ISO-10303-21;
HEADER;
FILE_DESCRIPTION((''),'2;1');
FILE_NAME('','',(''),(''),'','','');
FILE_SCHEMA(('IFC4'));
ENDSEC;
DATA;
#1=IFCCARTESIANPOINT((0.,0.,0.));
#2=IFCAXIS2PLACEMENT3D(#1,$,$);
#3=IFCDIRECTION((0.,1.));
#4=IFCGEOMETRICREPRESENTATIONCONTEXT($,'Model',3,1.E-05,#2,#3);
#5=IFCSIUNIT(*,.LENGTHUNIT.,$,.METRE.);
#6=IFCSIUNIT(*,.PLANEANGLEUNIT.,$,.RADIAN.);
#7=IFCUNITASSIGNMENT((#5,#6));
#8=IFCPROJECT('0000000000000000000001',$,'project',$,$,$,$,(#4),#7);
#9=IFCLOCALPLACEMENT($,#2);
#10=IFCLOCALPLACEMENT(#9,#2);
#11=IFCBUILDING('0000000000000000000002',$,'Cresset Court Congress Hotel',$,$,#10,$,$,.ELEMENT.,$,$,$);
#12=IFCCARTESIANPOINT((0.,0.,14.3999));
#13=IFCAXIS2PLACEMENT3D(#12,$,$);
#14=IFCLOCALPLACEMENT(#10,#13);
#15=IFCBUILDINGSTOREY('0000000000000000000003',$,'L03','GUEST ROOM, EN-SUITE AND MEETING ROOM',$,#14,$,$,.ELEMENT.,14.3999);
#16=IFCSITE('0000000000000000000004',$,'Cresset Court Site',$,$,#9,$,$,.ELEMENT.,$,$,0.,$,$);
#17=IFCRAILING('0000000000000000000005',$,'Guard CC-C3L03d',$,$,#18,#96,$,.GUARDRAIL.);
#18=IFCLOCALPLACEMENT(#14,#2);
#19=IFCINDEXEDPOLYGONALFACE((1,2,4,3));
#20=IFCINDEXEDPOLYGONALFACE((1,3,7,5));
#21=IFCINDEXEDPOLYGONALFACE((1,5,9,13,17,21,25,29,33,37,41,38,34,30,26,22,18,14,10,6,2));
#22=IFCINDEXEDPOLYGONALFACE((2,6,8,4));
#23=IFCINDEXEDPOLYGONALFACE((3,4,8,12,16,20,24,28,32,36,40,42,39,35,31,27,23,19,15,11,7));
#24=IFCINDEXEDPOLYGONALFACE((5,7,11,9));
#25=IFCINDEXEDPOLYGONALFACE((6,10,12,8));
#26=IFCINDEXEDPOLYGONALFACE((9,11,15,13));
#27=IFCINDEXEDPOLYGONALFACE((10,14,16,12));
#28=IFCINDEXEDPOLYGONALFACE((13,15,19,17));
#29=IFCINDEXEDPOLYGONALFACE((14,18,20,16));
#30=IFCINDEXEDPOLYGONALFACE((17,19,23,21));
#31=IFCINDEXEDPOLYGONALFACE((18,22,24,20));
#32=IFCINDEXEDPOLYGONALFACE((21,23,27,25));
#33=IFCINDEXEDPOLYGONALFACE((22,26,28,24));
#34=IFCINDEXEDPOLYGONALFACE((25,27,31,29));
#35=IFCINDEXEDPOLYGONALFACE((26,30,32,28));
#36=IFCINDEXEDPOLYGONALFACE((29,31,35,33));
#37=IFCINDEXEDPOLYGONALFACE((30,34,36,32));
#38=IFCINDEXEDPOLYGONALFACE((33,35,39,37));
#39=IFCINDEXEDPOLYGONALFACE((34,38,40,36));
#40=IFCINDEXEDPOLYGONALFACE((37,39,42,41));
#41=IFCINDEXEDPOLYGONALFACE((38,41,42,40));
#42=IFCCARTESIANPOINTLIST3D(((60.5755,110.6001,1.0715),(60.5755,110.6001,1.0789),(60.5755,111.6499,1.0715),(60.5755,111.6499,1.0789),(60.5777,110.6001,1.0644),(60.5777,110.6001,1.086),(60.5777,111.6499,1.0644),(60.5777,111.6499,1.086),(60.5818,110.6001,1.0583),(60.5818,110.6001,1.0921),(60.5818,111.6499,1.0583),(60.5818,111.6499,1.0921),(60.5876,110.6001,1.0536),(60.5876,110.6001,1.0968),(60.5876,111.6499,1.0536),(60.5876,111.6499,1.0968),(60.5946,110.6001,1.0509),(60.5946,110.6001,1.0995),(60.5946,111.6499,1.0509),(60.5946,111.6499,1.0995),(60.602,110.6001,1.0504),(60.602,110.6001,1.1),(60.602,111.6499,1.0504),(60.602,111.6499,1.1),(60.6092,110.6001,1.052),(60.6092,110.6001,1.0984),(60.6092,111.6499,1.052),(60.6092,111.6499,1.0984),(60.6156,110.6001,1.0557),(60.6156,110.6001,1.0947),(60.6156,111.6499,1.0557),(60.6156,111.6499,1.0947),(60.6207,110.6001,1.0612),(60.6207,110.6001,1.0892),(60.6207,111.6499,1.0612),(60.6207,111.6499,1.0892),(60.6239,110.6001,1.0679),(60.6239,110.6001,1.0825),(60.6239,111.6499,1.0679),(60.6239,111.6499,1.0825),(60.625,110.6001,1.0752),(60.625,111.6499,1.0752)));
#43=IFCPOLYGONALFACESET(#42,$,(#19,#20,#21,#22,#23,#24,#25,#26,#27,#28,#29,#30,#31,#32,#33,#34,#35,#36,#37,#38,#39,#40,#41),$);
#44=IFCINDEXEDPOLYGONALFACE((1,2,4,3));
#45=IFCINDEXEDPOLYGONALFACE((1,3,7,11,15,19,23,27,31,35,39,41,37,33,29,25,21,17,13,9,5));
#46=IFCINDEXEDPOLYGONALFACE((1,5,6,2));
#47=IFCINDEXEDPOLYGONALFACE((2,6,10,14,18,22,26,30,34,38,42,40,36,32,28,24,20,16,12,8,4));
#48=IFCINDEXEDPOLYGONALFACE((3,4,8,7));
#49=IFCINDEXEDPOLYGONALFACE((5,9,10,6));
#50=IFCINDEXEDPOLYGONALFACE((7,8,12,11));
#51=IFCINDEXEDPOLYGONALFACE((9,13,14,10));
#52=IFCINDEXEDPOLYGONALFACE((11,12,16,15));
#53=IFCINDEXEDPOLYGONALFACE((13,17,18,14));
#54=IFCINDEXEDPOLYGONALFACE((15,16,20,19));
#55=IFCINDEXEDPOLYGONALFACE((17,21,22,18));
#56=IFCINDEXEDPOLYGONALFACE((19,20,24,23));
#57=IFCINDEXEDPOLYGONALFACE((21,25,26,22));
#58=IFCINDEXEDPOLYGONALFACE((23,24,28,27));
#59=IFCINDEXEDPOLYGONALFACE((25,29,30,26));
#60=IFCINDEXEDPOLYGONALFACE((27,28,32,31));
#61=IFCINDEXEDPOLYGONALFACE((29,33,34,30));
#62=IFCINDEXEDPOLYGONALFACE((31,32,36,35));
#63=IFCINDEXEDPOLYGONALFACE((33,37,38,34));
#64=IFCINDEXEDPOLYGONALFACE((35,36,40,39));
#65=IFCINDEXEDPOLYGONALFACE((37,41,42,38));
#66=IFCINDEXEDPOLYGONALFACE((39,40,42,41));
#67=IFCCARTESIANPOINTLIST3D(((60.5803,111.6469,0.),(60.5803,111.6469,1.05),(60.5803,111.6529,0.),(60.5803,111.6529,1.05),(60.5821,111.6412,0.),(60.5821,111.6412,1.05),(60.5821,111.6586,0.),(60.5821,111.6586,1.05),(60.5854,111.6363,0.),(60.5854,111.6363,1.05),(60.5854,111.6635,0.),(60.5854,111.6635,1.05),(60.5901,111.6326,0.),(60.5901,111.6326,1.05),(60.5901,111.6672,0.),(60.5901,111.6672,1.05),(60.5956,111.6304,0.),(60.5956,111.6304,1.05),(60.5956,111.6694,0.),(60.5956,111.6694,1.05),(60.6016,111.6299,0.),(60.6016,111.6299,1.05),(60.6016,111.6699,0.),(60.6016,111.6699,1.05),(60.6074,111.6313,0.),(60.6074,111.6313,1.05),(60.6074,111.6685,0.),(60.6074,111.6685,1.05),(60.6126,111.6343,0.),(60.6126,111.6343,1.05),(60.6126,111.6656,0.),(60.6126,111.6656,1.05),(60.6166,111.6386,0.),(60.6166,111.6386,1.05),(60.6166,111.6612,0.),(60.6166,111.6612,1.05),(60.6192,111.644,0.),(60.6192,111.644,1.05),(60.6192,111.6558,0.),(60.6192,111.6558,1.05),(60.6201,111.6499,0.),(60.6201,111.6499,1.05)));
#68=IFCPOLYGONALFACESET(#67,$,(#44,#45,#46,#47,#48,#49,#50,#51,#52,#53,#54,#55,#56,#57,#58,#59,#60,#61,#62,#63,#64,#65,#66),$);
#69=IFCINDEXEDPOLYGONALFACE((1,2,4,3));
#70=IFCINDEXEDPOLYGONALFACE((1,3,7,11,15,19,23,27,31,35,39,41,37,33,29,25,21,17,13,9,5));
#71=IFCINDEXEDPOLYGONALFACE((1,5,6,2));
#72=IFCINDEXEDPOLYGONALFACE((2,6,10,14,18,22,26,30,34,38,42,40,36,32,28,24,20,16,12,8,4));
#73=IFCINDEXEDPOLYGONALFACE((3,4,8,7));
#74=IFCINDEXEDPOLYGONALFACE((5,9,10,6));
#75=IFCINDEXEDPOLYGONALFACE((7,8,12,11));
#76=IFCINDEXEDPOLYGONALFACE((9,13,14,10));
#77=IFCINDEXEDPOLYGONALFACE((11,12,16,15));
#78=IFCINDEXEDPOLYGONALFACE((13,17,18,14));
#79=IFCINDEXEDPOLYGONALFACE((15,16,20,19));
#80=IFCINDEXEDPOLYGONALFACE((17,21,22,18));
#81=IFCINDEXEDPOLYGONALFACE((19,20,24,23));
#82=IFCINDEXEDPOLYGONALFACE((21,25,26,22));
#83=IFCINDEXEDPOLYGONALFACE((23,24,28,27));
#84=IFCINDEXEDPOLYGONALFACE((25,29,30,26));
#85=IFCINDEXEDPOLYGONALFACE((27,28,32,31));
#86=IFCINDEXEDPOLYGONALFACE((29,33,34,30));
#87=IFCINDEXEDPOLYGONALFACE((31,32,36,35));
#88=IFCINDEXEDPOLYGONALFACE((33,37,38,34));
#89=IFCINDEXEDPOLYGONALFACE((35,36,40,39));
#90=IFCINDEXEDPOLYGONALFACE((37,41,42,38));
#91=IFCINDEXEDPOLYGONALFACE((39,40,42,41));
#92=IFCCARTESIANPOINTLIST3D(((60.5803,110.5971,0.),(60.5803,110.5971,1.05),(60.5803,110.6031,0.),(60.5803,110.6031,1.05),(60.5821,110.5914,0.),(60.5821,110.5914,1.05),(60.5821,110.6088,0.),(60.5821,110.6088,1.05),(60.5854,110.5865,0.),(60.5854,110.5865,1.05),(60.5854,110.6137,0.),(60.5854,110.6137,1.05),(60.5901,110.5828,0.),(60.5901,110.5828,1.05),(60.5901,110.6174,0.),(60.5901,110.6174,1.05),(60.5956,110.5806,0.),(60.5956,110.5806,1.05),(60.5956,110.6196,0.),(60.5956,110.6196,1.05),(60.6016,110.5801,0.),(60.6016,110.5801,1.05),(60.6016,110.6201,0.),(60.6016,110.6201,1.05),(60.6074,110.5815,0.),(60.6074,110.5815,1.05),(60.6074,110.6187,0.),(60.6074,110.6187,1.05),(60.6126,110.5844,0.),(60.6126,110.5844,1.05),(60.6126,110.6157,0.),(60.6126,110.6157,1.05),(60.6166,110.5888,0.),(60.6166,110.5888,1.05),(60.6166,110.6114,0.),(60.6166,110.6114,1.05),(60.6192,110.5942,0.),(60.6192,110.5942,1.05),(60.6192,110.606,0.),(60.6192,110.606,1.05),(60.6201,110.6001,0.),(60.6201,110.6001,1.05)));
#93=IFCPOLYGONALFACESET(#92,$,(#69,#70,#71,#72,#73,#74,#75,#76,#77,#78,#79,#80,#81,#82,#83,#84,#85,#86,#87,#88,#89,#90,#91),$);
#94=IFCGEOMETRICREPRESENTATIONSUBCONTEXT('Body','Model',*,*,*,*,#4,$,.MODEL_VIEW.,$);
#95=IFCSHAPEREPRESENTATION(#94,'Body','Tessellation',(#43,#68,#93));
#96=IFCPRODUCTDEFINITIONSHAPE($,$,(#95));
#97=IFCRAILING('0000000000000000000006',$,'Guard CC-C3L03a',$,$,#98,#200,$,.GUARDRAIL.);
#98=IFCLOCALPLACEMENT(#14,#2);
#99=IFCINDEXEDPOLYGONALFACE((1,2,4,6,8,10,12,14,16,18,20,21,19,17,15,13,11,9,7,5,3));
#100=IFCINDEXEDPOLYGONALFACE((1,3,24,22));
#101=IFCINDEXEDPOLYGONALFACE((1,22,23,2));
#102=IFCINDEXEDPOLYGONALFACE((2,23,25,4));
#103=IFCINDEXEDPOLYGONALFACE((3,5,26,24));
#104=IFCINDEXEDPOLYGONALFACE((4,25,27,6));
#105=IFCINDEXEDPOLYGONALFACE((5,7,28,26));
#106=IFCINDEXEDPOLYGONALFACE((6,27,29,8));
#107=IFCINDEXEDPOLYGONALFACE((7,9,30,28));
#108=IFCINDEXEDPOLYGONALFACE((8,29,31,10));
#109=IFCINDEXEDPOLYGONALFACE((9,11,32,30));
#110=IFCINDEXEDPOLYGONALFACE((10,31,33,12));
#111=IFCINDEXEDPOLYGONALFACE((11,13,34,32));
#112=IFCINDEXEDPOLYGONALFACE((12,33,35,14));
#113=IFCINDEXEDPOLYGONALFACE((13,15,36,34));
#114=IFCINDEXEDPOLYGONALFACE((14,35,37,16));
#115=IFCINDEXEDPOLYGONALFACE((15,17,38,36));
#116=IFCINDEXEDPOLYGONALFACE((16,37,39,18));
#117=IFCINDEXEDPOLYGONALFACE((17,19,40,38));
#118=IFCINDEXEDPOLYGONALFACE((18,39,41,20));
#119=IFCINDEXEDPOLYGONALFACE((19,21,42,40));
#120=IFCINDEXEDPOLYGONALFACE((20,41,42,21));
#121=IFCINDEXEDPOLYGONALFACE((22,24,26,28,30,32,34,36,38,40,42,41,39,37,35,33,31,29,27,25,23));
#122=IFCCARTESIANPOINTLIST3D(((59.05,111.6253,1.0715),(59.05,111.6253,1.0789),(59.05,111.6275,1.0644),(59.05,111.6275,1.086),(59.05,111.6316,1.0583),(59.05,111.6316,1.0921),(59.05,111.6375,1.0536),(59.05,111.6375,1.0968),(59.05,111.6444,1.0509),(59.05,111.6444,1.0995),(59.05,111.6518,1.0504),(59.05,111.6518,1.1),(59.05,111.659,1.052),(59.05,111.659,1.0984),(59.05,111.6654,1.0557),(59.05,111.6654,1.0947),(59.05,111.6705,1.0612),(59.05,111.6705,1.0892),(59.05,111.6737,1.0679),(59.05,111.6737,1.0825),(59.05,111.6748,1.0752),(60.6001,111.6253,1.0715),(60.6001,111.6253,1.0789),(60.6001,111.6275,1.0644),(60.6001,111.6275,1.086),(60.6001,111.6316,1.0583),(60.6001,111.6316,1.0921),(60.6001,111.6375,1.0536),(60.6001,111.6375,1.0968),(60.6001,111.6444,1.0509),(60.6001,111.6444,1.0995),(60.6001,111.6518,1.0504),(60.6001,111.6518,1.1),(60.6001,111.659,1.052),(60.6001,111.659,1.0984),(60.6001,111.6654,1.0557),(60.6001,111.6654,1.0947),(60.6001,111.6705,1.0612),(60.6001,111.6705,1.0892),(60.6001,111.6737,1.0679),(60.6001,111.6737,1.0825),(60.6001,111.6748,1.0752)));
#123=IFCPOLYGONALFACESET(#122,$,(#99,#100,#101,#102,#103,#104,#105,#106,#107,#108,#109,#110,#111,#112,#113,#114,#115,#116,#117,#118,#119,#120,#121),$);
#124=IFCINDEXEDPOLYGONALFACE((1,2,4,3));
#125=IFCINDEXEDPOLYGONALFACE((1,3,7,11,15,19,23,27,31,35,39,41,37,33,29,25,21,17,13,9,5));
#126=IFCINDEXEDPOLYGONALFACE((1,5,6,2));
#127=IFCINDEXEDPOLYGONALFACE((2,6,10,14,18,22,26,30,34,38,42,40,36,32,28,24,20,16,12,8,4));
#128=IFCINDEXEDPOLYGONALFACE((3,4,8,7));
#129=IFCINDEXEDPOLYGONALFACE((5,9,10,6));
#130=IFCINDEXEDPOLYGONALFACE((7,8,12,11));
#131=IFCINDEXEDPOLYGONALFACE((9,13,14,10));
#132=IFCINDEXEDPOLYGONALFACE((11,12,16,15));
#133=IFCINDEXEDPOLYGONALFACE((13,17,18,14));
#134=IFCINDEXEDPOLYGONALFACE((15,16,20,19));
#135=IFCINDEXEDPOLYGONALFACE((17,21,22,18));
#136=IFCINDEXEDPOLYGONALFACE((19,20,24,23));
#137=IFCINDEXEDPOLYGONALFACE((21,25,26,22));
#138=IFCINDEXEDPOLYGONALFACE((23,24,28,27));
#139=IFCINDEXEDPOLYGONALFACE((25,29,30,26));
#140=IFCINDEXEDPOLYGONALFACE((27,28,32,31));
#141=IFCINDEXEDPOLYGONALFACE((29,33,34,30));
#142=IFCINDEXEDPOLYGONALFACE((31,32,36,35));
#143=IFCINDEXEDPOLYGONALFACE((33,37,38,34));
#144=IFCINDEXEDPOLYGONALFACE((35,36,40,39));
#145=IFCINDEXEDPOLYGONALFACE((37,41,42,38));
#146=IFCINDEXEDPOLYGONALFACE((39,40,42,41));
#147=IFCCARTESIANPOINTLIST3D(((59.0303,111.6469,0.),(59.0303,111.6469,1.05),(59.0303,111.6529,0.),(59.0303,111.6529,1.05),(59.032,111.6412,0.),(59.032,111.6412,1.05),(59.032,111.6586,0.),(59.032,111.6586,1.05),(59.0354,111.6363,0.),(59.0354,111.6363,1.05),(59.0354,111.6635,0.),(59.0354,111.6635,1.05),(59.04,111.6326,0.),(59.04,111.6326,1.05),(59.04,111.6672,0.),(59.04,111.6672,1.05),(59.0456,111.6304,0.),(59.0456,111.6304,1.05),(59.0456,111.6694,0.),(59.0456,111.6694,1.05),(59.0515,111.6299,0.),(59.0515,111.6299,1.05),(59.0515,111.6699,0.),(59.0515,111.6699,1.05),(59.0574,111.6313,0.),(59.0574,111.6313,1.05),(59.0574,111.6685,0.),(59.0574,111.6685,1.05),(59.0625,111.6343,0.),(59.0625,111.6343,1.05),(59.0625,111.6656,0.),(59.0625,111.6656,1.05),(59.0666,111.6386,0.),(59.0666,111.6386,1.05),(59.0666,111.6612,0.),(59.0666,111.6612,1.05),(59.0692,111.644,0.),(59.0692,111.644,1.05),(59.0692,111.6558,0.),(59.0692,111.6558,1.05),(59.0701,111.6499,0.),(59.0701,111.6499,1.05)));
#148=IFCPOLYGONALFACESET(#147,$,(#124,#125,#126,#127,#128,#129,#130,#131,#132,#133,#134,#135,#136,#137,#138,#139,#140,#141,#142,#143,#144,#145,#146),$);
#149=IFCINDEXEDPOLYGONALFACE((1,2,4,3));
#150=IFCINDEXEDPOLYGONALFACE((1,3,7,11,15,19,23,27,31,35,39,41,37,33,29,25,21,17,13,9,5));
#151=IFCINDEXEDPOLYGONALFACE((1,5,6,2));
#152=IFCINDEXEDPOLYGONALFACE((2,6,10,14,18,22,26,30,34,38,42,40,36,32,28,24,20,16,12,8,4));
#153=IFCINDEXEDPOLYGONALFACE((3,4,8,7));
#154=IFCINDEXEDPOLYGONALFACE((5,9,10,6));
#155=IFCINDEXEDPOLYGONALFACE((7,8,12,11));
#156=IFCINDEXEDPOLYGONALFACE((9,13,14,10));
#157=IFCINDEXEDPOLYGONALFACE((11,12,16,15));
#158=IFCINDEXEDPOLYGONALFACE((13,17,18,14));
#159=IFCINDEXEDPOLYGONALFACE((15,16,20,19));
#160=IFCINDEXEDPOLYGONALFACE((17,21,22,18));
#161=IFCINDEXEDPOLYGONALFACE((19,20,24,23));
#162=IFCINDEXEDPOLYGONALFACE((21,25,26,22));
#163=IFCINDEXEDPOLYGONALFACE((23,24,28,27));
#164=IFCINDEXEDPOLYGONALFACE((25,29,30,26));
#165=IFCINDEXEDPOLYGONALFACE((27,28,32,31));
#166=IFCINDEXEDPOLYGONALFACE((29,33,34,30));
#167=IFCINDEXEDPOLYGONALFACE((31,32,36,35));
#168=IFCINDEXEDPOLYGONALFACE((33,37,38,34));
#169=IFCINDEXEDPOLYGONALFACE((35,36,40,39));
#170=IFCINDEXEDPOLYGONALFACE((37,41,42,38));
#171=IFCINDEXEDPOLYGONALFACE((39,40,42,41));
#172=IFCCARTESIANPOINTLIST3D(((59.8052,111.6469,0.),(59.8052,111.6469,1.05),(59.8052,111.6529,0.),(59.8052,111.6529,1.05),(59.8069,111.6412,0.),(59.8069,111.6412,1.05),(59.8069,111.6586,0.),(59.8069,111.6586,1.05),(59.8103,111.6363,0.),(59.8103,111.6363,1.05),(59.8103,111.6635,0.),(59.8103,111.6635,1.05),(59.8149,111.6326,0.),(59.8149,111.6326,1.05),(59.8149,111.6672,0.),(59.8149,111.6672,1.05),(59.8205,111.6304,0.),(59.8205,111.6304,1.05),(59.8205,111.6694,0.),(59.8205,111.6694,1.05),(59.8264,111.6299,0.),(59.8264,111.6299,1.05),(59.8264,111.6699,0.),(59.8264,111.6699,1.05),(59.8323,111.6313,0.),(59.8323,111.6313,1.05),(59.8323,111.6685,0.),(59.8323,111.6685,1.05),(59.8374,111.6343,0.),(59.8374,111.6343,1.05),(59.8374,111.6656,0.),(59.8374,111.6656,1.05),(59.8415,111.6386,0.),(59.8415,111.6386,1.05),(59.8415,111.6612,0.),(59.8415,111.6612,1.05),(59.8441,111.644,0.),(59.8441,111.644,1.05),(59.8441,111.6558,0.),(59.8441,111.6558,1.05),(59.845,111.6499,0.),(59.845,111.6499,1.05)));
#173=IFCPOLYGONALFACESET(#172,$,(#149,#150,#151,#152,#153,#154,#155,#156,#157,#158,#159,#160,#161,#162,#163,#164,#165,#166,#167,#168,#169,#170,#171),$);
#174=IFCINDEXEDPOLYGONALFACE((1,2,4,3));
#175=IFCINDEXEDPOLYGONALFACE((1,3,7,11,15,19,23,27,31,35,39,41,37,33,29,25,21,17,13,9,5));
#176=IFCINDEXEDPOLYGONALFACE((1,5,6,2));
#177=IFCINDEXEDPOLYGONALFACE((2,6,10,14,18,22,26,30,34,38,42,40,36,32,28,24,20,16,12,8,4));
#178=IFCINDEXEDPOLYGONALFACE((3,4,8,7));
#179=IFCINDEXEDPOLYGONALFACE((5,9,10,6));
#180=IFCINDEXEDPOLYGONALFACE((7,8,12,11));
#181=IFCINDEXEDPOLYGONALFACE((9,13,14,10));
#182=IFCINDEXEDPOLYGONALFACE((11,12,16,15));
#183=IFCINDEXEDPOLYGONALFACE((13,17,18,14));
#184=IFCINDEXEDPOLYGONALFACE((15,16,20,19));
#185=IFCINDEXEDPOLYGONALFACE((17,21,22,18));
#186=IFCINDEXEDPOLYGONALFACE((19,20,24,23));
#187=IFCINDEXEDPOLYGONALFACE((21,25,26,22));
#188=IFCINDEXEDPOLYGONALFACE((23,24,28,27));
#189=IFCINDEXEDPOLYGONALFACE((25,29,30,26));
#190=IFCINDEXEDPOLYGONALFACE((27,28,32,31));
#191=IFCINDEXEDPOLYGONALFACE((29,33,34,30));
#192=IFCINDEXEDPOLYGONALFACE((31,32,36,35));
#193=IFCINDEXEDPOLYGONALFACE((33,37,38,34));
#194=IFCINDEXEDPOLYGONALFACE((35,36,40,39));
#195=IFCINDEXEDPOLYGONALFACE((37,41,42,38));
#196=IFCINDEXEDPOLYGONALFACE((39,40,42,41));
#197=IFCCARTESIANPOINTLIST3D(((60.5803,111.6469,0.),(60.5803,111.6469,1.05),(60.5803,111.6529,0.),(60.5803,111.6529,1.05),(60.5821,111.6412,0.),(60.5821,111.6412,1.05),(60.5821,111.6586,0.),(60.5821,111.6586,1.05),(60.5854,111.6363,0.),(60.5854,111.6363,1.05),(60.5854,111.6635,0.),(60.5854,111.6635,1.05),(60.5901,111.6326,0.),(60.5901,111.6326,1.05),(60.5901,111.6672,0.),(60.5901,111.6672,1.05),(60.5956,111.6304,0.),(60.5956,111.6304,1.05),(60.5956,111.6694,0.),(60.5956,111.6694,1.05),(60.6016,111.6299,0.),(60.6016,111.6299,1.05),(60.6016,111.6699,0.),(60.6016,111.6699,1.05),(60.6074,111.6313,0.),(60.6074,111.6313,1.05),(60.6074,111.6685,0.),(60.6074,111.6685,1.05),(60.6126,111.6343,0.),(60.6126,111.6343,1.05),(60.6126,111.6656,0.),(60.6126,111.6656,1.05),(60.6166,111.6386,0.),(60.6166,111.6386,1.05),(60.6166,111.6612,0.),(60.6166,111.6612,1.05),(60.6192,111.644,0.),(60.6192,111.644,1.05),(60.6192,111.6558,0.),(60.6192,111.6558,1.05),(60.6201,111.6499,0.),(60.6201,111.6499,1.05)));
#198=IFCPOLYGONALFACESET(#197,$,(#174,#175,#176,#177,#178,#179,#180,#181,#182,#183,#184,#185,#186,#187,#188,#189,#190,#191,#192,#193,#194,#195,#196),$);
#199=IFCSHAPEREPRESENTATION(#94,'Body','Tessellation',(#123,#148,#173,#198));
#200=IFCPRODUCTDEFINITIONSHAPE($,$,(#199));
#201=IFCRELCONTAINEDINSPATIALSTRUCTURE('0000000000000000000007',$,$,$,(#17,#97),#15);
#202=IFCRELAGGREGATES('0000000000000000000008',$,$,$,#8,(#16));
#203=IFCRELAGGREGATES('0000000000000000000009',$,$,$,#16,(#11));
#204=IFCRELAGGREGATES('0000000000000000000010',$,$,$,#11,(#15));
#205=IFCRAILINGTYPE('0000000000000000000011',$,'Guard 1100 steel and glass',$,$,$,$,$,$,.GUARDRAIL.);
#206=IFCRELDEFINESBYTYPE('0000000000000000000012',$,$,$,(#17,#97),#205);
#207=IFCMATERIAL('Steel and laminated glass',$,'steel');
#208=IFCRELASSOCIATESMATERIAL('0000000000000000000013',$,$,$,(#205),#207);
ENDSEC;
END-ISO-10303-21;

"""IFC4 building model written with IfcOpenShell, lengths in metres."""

from ifc_helpers import new_model, si_unit, direction, frame, origin, origin_2d, place, context, subcontext, project, spatial, circle, extrude, material, type_object, element, save


model = new_model("IFC4")

# Units and contexts
model_context = context("Model", 3, precision=1e-05, world=origin(), true_north=direction((0.0, 1.0)))
body_context = subcontext(model_context, "Body", "Model", "MODEL_VIEW")
ifc_project = project(units=[si_unit("LENGTHUNIT", "METRE"), si_unit("PLANEANGLEUNIT", "RADIAN")], contexts=[model_context])

# Site, building, storey
site_placement = place(None, origin())
site = spatial("IfcSite", under=ifc_project, at=site_placement, Name="Cresset Court Site", CompositionType="ELEMENT", RefElevation=0.0)
building_placement = place(site_placement, origin())
building = spatial("IfcBuilding", under=site, at=building_placement, Name="Cresset Court Congress Hotel", CompositionType="ELEMENT")
storey_placement = place(building_placement, frame((0.0, 0.0, 14.3999)))
storey = spatial("IfcBuildingStorey", under=building, at=storey_placement, Name="L03", Description="GUEST ROOM, EN-SUITE AND MEETING ROOM", CompositionType="ELEMENT", Elevation=14.3999)

# Railings
ifc_material_1 = material(Name="Steel and laminated glass", Category="steel")
railing_type = type_object("IfcRailingType", Name="Guard 1100 steel and glass", PredefinedType="GUARDRAIL", material=ifc_material_1)
railing_1_placement = place(storey_placement, frame((60.6001, 111.6499, 0.0)))
element("IfcRailing", 1, at=railing_1_placement, inside=storey, type_object=railing_type, Name="Guard CC-C3L03d", PredefinedType="GUARDRAIL", context=body_context, shape_type="SweptSolid", body=[
    extrude(circle(Radius=0.0249, at=origin_2d()), frame((0.0, 0.0, 1.0752), z_axis=(0.0, -1.0, 0.0), x_axis=(1.0, 0.0, 0.0)), (0.0, 0.0, 1.0), 1.0498),
    extrude(circle(Radius=0.02, at=origin_2d()), origin(), (0.0, 0.0, 1.0), 1.05),
    extrude(circle(Radius=0.02, at=origin_2d()), frame((0.0, -1.0498, 0.0)), (0.0, 0.0, 1.0), 1.05),
])
railing_2_placement = place(storey_placement, frame((59.05, 111.6499, 0.0)))
element("IfcRailing", 2, at=railing_2_placement, inside=storey, type_object=railing_type, Name="Guard CC-C3L03a", PredefinedType="GUARDRAIL", context=body_context, shape_type="SweptSolid", body=[
    extrude(circle(Radius=0.0249, at=origin_2d()), frame((0.0, 0.0, 1.0752), z_axis=(1.0, 0.0, 0.0), x_axis=(0.0, 1.0, 0.0)), (0.0, 0.0, 1.0), 1.55),
    extrude(circle(Radius=0.02, at=origin_2d()), origin(), (0.0, 0.0, 1.0), 1.05),
    extrude(circle(Radius=0.02, at=origin_2d()), frame((0.7749, 0.0, 0.0)), (0.0, 0.0, 1.0), 1.05),
    extrude(circle(Radius=0.02, at=origin_2d()), frame((1.55, 0.0, 0.0)), (0.0, 0.0, 1.0), 1.05),
])

save(model, "model.ifc")
